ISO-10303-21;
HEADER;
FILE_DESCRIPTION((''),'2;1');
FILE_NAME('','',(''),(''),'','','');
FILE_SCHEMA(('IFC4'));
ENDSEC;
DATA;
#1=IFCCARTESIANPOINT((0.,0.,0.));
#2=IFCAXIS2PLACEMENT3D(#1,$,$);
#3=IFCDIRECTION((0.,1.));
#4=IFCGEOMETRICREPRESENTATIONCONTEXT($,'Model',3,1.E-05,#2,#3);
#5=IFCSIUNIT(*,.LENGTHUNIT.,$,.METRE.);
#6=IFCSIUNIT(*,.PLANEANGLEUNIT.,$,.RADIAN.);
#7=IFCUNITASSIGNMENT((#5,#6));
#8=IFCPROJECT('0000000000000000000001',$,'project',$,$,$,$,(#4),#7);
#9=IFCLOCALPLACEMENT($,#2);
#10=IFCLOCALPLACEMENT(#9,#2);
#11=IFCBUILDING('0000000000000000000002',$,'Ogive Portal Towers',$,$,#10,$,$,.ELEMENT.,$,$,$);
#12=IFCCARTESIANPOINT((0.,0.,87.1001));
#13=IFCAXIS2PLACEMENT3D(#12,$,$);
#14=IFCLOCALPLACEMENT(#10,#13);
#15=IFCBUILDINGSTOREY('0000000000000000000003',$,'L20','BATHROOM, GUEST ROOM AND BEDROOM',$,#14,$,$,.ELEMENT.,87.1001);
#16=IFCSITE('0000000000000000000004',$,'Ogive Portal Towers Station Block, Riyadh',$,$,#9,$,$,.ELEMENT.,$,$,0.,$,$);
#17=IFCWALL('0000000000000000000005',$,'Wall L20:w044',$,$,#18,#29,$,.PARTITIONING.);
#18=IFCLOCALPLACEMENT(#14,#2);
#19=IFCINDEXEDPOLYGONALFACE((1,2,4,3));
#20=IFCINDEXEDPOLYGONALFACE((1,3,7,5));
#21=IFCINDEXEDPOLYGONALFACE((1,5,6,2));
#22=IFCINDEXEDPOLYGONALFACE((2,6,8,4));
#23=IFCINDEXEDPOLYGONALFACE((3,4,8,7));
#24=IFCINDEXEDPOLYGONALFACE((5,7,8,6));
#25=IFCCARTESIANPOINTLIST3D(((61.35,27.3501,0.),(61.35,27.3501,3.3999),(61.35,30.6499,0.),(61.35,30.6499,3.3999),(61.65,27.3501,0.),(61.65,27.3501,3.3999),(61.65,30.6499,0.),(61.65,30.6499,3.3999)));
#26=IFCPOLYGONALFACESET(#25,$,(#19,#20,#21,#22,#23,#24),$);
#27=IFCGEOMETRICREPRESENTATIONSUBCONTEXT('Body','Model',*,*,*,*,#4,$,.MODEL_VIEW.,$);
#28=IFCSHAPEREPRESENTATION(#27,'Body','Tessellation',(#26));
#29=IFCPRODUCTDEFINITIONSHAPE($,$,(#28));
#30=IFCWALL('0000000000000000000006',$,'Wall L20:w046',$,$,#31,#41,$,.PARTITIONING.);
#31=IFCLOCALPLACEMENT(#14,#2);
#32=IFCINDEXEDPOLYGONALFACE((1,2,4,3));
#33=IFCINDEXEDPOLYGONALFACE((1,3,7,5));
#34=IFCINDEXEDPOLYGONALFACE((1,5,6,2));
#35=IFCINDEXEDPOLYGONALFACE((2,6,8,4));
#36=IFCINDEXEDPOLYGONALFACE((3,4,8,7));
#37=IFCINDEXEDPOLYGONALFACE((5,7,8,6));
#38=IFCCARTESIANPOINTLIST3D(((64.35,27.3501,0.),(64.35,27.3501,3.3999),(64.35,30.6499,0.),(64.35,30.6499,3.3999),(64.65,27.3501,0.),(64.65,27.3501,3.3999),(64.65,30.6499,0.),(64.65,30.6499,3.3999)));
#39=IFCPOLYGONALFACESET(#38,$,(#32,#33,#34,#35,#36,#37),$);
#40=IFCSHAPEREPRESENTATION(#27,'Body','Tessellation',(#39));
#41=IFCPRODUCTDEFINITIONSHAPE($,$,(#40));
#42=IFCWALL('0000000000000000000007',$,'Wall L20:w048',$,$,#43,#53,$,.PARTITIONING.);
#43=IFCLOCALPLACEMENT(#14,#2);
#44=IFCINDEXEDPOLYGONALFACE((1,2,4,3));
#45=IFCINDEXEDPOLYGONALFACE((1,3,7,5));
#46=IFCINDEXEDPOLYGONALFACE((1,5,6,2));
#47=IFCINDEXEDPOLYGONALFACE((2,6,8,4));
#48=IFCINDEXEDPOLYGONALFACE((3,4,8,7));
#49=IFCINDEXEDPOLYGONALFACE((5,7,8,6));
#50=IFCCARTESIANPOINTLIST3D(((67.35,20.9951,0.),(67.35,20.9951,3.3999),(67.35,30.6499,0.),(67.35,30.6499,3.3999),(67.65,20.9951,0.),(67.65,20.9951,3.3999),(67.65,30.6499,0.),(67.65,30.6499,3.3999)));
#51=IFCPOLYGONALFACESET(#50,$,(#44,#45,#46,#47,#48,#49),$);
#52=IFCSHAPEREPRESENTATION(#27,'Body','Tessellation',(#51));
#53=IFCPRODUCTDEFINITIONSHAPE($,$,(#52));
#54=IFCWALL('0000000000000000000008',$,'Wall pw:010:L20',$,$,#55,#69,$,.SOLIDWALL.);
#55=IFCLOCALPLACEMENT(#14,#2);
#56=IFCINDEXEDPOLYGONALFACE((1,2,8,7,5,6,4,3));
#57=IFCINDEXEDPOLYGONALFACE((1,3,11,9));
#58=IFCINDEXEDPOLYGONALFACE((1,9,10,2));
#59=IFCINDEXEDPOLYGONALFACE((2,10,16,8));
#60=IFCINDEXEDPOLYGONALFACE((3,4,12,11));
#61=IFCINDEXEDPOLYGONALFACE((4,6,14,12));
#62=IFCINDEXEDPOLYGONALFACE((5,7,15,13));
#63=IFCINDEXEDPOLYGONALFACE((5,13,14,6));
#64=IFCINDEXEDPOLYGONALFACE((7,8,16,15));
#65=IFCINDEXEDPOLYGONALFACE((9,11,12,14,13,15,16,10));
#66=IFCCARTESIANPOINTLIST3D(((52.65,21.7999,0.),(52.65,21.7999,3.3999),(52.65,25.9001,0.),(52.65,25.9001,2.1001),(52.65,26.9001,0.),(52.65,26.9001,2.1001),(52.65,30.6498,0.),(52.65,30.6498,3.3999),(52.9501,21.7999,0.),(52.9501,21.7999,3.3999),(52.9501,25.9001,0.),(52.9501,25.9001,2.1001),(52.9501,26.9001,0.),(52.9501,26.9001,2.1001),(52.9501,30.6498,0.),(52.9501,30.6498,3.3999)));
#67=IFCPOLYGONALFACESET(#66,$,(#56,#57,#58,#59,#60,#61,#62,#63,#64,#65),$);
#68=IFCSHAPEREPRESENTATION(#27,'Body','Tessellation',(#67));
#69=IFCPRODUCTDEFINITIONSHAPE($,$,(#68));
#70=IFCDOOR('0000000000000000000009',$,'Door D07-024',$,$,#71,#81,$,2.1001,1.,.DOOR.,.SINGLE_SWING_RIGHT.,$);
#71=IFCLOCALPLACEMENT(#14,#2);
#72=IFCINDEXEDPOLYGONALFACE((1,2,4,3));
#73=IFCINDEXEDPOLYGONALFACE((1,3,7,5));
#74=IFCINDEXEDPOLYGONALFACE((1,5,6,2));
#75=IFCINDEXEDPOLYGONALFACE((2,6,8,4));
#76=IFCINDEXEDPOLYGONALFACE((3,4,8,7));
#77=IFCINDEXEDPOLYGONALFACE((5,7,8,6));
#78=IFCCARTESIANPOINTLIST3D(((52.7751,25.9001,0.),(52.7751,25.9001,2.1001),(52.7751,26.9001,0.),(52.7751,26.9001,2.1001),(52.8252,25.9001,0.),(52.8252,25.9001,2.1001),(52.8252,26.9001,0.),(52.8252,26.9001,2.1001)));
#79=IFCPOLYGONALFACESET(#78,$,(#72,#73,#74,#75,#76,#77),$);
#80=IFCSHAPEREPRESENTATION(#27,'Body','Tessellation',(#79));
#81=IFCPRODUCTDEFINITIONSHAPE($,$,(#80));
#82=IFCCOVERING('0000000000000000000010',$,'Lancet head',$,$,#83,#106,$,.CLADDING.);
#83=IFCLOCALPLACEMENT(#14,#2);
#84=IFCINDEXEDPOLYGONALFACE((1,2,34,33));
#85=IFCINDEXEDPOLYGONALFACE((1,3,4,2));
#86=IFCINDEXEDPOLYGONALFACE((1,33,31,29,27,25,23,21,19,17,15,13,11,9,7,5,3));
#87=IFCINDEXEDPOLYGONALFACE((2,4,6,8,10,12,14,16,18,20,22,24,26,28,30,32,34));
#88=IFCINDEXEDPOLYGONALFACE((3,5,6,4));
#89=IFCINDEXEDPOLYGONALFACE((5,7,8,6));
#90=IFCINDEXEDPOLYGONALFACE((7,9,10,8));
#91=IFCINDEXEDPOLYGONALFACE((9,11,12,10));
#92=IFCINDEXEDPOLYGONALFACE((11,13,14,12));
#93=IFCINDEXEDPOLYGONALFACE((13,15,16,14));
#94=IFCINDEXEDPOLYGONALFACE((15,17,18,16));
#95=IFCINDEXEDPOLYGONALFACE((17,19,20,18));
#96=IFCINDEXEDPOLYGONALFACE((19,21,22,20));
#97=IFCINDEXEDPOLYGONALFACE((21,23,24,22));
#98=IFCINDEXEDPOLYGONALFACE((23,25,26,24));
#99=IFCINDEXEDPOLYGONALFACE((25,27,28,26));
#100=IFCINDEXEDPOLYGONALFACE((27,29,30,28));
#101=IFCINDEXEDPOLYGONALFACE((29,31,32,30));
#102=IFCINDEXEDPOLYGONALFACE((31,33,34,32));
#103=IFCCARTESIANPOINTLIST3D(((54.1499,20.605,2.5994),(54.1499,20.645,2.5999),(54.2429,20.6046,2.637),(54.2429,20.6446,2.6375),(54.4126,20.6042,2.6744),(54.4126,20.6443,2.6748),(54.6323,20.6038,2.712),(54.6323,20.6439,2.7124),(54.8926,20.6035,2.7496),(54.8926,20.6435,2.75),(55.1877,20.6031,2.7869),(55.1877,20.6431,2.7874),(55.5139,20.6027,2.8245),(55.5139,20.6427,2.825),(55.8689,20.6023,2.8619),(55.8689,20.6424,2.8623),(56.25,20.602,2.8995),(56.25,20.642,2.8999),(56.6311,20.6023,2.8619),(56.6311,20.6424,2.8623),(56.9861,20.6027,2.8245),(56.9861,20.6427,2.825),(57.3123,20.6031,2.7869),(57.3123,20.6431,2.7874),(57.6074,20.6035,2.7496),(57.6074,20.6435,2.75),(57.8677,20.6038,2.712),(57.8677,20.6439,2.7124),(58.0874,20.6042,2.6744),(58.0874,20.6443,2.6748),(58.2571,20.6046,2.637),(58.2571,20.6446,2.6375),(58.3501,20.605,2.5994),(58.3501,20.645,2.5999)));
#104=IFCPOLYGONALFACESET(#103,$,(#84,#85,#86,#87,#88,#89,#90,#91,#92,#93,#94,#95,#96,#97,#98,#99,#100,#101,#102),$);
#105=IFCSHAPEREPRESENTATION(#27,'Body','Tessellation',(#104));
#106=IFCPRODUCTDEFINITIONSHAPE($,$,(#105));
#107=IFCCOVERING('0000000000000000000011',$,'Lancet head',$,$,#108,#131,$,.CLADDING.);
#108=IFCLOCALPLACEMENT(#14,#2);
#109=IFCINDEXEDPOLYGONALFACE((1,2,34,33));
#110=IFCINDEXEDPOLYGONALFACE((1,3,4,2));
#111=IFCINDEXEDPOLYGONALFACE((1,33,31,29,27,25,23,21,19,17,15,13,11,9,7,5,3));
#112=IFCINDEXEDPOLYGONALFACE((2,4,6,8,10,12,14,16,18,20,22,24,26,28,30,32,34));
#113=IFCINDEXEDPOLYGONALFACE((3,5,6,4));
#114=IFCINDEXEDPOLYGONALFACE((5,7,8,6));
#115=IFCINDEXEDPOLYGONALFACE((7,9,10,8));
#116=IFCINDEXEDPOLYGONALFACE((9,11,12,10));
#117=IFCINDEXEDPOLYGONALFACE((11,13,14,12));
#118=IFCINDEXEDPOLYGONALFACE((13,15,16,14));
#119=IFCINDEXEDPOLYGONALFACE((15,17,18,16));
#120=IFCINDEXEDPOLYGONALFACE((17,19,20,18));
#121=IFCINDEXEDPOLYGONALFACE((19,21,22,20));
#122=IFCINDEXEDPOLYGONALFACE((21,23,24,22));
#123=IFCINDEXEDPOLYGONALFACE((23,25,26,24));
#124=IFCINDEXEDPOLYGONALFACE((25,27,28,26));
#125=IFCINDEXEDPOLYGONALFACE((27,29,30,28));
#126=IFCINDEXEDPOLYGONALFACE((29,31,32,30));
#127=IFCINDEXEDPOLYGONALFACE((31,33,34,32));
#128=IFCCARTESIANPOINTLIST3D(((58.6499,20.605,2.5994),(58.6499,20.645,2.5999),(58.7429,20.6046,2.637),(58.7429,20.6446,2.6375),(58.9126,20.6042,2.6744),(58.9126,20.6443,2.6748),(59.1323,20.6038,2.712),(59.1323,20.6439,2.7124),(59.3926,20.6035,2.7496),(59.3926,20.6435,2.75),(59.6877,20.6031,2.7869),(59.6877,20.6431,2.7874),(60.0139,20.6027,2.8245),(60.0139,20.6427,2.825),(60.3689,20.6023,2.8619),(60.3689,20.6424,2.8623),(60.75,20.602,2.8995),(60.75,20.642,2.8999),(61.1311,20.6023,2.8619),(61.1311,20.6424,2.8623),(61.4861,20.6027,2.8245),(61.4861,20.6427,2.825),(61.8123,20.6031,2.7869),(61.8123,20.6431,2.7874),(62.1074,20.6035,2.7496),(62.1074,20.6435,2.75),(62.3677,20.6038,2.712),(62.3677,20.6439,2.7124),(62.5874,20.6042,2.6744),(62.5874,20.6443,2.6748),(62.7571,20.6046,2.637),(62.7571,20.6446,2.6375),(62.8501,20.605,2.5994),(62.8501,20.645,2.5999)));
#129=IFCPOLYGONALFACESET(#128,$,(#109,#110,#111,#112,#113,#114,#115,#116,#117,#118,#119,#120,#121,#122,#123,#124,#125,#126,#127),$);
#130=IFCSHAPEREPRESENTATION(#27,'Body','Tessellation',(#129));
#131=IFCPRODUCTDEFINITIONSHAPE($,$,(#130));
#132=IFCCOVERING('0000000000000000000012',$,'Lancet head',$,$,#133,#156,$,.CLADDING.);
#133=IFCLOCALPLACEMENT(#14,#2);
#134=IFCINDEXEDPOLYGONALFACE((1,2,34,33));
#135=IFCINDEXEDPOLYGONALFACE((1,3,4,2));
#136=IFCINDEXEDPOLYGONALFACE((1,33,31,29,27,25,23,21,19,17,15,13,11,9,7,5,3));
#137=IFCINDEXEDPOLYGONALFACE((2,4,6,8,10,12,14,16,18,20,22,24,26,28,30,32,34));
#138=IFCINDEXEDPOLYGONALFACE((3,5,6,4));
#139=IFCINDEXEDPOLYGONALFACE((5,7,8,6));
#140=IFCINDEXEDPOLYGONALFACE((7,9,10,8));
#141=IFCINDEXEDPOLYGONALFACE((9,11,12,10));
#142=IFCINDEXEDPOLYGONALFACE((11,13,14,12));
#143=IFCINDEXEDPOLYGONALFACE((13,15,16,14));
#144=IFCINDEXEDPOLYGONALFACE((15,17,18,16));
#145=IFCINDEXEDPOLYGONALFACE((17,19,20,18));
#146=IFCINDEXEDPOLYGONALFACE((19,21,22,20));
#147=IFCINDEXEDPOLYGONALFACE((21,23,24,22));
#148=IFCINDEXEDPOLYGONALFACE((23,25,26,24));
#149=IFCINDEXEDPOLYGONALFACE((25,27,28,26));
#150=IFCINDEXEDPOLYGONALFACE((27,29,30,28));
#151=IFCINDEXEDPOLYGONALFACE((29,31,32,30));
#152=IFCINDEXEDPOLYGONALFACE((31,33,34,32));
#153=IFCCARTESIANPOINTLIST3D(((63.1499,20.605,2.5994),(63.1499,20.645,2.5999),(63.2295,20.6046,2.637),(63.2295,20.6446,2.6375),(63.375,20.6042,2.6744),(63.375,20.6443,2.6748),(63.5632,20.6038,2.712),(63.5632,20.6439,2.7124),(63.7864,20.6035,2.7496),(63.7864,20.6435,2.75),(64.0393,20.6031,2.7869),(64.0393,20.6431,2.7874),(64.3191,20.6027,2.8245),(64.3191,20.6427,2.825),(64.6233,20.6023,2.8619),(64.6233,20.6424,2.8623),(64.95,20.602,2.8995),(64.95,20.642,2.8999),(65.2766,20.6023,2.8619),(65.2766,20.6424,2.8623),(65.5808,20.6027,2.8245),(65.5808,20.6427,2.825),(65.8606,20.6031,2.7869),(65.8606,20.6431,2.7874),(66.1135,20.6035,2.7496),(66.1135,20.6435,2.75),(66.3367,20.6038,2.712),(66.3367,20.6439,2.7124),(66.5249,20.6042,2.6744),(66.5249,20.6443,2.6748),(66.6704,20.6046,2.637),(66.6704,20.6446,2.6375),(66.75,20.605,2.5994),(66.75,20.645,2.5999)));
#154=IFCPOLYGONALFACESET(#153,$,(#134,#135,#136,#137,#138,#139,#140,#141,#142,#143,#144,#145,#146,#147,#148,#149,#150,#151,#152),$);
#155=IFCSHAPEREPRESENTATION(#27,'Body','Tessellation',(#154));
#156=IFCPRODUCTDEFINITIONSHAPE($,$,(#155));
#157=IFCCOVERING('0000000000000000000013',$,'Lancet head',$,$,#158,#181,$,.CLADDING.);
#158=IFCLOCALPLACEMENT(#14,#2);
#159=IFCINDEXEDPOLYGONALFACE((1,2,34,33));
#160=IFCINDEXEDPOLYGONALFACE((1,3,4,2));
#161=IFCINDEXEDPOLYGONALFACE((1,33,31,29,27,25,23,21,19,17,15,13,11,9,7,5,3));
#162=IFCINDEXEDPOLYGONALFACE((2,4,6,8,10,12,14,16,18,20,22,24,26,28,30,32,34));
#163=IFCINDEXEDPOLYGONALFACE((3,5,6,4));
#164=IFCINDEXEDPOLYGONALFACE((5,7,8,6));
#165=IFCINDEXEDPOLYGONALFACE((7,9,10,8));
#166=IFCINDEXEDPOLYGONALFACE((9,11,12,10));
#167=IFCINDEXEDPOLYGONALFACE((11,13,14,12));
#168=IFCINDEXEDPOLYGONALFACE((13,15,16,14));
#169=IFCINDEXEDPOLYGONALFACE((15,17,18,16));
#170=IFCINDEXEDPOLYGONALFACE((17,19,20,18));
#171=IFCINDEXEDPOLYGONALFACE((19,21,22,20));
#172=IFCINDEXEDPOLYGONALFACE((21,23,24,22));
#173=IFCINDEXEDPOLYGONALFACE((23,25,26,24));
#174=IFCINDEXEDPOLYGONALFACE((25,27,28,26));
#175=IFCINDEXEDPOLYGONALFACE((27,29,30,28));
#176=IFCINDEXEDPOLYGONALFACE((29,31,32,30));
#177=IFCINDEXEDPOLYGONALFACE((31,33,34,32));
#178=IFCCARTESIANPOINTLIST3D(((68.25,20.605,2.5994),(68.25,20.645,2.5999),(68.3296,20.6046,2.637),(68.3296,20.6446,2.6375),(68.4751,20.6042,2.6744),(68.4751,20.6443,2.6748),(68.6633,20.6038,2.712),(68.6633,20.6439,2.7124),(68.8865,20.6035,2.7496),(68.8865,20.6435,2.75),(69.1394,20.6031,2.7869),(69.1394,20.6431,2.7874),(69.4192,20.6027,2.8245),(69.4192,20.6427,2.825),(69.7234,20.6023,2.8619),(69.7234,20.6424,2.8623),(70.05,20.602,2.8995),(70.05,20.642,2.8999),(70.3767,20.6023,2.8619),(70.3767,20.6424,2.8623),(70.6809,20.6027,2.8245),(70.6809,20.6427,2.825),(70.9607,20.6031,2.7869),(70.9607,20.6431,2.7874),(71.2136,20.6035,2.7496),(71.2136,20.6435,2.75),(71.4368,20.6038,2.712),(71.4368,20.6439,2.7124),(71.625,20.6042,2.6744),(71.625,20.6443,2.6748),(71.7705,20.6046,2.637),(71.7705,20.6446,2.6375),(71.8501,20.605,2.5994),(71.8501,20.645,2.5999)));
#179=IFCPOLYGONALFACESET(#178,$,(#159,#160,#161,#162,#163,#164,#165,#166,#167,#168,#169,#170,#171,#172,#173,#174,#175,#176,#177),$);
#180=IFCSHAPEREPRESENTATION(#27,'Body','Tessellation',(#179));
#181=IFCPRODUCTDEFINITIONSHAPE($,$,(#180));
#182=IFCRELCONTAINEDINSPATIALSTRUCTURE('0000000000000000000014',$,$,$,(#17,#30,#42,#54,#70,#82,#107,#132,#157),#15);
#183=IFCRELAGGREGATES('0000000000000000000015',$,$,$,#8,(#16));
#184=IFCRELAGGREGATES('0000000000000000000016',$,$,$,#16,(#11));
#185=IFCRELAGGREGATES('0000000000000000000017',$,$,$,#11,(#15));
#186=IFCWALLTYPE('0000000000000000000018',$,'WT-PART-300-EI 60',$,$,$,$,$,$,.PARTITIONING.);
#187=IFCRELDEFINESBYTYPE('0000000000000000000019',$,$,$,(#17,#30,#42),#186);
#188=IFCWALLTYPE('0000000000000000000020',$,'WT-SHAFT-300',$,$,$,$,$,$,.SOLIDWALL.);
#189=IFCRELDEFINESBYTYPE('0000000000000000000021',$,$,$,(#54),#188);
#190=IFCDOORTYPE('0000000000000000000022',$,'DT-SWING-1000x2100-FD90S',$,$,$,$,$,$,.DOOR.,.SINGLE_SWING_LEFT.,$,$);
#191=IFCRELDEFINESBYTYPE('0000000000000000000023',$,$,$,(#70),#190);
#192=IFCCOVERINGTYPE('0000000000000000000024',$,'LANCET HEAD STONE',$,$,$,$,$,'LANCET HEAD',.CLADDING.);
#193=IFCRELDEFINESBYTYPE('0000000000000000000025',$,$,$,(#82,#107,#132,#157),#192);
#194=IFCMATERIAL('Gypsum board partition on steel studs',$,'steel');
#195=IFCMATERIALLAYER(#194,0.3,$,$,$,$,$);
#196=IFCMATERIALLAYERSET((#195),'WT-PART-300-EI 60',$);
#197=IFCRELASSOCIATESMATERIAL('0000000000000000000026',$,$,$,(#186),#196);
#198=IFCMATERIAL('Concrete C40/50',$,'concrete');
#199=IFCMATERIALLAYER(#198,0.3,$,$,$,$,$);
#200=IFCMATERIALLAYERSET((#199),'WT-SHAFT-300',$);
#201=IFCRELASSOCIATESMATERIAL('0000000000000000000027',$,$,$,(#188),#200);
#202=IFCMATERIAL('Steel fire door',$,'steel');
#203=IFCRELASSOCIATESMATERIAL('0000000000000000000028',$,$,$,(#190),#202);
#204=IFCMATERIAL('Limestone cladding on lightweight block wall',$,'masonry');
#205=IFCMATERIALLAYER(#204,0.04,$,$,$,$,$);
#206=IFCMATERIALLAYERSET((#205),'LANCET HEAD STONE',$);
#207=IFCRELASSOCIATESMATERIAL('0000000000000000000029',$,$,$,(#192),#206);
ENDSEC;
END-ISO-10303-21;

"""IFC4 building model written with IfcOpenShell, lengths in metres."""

from ifc_helpers import new_model, si_unit, direction, frame, frame_2d, origin, place, context, subcontext, project, spatial, polyline, rectangle, outline, extrude, material, layer, layer_set, type_object, element, fill, save


model = new_model("IFC4")

# Units and contexts
model_context = context("Model", 3, precision=1e-05, world=origin(), true_north=direction((0.0, 1.0)))
body_context = subcontext(model_context, "Body", "Model", "MODEL_VIEW")
ifc_project = project(units=[si_unit("LENGTHUNIT", "METRE"), si_unit("PLANEANGLEUNIT", "RADIAN")], contexts=[model_context])

# Site, building, storey
site_placement = place(None, origin())
site = spatial("IfcSite", under=ifc_project, at=site_placement, Name="Ogive Portal Towers Station Block, Riyadh", CompositionType="ELEMENT", RefElevation=0.0)
building_placement = place(site_placement, origin())
building = spatial("IfcBuilding", under=site, at=building_placement, Name="Ogive Portal Towers", CompositionType="ELEMENT")
storey_placement = place(building_placement, frame((0.0, 0.0, 87.1001)))
storey = spatial("IfcBuildingStorey", under=building, at=storey_placement, Name="L20", Description="BATHROOM, GUEST ROOM AND BEDROOM", CompositionType="ELEMENT", Elevation=87.1001)

# Shared definitions
ifc_material_1 = material(Name="Steel fire door", Category="steel")
ifc_material_2 = material(Name="Gypsum board partition on steel studs", Category="steel")

# Shared definitions
ifc_layer_1 = layer(ifc_material_2, 0.3)
ifc_layer_set_1 = layer_set([ifc_layer_1], Name="WT-PART-300-EI 60")
wall_type_1 = type_object("IfcWallType", Name="WT-PART-300-EI 60", PredefinedType="PARTITIONING", material=ifc_layer_set_1)

# Walls
for number, where, z_axis, x_axis, name in (
    (1, (61.5, 27.3501, 0.0), (0.0, 0.0, 1.0), (0.0, 1.0, 0.0), "Wall L20:w044"),
    (2, (64.5, 27.3501, 0.0), (0.0, 0.0, 1.0), (0.0, 1.0, 0.0), "Wall L20:w046"),
):
    element("IfcWall", number, at=place(storey_placement, frame(where, z_axis=z_axis, x_axis=x_axis)), inside=storey, type_object=wall_type_1, Name=name, PredefinedType="PARTITIONING", context=body_context, shape_type="SweptSolid", body=[
        extrude(rectangle(XDim=3.2998, YDim=0.3, at=frame_2d((1.6499, 0.0))), origin(), (0.0, 0.0, 1.0), 3.3999),
    ])
wall_1_placement = place(storey_placement, frame((67.5, 20.9951, 0.0), z_axis=(0.0, 0.0, 1.0), x_axis=(0.0, 1.0, 0.0)))
element("IfcWall", 3, at=wall_1_placement, inside=storey, type_object=wall_type_1, Name="Wall L20:w048", PredefinedType="PARTITIONING", context=body_context, shape_type="SweptSolid", body=[
    extrude(rectangle(XDim=9.6548, YDim=0.3, at=frame_2d((4.8274, 0.0))), origin(), (0.0, 0.0, 1.0), 3.3999),
])

# Wall, opening, door
ifc_material_3 = material(Name="Concrete C40/50", Category="concrete")
ifc_layer_2 = layer(ifc_material_3, 0.3)
ifc_layer_set_2 = layer_set([ifc_layer_2], Name="WT-SHAFT-300")
wall_type_2 = type_object("IfcWallType", Name="WT-SHAFT-300", PredefinedType="SOLIDWALL", material=ifc_layer_set_2)
wall_2_placement = place(storey_placement, frame((52.8, 21.8, 0.0), z_axis=(0.0, 0.0, 1.0), x_axis=(0.0, 1.0, 0.0)))
wall_2 = element("IfcWall", 4, at=wall_2_placement, inside=storey, type_object=wall_type_2, Name="Wall pw:010:L20", PredefinedType="SOLIDWALL", context=body_context, shape_type="SweptSolid", body=[
    extrude(rectangle(XDim=8.8499, YDim=0.3, at=frame_2d((4.4248, 0.0))), origin(), (0.0, 0.0, 1.0), 3.3999),
])
opening_1_placement = place(wall_2_placement, frame((4.1001, 0.0, 0.0)))
opening_1 = element("IfcOpeningElement", 5, at=opening_1_placement, cuts=wall_2, PredefinedType="OPENING", context=body_context, shape_type="SweptSolid", body=[
    extrude(rectangle(XDim=1.0, YDim=2.1001, at=frame_2d((0.5, 1.05))), frame((0.0, 0.1602, 0.0), z_axis=(0.0, -1.0, 0.0), x_axis=(1.0, 0.0, 0.0)), (0.0, 0.0, 1.0), 0.3201),
])
door_type_1 = type_object("IfcDoorType", Name="DT-SWING-1000x2100-FD90S", OperationType="SINGLE_SWING_LEFT", PredefinedType="DOOR", material=ifc_material_1)
door_1_placement = place(opening_1_placement, origin())
door_1 = element("IfcDoor", 6, at=door_1_placement, inside=storey, type_object=door_type_1, Name="Door D07-024", OperationType="SINGLE_SWING_RIGHT", OverallHeight=2.1001, OverallWidth=1.0, PredefinedType="DOOR", context=body_context, shape_type="SweptSolid", body=[
    extrude(rectangle(XDim=1.0, YDim=2.1001, at=frame_2d((0.5, 1.05))), frame((0.0, 0.0249, 0.0), z_axis=(0.0, -1.0, 0.0), x_axis=(1.0, 0.0, 0.0)), (0.0, 0.0, 1.0), 0.05),
])
fill(opening_1, door_1)

# Coverings
ifc_material_4 = material(Name="Limestone cladding on lightweight block wall", Category="masonry")
ifc_layer_3 = layer(ifc_material_4, 0.04)
ifc_layer_set_3 = layer_set([ifc_layer_3], Name="LANCET HEAD STONE")
covering_type_1 = type_object("IfcCoveringType", Name="LANCET HEAD STONE", ElementType="LANCET HEAD", PredefinedType="CLADDING", material=ifc_layer_set_3)
for number, where, z_axis, x_axis, name in (
    (7, (54.1499, 20.645, 2.5999), (0.0, 0.999949, 0.010103), (1.0, 0.0, 0.0), "Lancet head"),
    (8, (58.6499, 20.645, 2.5999), (0.0, 0.999949, 0.010103), (1.0, 0.0, 0.0), "Lancet head"),
):
    element("IfcCovering", number, at=place(storey_placement, frame(where, z_axis=z_axis, x_axis=x_axis)), inside=storey, type_object=covering_type_1, Name=name, PredefinedType="CLADDING", context=body_context, shape_type="SweptSolid", body=[
        extrude(outline(polyline([(0.0, 0.0), (4.2002, 0.0), (4.1072, -0.0376), (3.9375, -0.075), (3.7178, -0.1126), (3.4575, -0.1502), (3.1624, -0.1875), (2.8362, -0.2251), (2.4812, -0.2625), (2.1001, -0.3001), (1.719, -0.2625), (1.364, -0.2251), (1.0378, -0.1875), (0.7427, -0.1502), (0.4824, -0.1126), (0.2627, -0.075), (0.093, -0.0376), (0.0, 0.0)])), origin(), (0.0, 0.0, -1.0), 0.04),
    ])
for number, where, z_axis, x_axis, name in (
    (9, (63.1499, 20.645, 2.5999), (0.0, 0.999949, 0.010103), (1.0, 0.0, 0.0), "Lancet head"),
    (10, (68.25, 20.645, 2.5999), (0.0, 0.999949, 0.010103), (1.0, 0.0, 0.0), "Lancet head"),
):
    element("IfcCovering", number, at=place(storey_placement, frame(where, z_axis=z_axis, x_axis=x_axis)), inside=storey, type_object=covering_type_1, Name=name, PredefinedType="CLADDING", context=body_context, shape_type="SweptSolid", body=[
        extrude(outline(polyline([(0.0, 0.0), (3.6001, 0.0), (3.5205, -0.0376), (3.375, -0.075), (3.1868, -0.1126), (2.9636, -0.1502), (2.7107, -0.1875), (2.4309, -0.2251), (2.1267, -0.2625), (1.8, -0.3001), (1.4734, -0.2625), (1.1692, -0.2251), (0.8894, -0.1875), (0.6365, -0.1502), (0.4133, -0.1126), (0.2251, -0.075), (0.0796, -0.0376), (0.0, 0.0)])), origin(), (0.0, 0.0, -1.0), 0.04),
    ])

save(model, "model.ifc")
